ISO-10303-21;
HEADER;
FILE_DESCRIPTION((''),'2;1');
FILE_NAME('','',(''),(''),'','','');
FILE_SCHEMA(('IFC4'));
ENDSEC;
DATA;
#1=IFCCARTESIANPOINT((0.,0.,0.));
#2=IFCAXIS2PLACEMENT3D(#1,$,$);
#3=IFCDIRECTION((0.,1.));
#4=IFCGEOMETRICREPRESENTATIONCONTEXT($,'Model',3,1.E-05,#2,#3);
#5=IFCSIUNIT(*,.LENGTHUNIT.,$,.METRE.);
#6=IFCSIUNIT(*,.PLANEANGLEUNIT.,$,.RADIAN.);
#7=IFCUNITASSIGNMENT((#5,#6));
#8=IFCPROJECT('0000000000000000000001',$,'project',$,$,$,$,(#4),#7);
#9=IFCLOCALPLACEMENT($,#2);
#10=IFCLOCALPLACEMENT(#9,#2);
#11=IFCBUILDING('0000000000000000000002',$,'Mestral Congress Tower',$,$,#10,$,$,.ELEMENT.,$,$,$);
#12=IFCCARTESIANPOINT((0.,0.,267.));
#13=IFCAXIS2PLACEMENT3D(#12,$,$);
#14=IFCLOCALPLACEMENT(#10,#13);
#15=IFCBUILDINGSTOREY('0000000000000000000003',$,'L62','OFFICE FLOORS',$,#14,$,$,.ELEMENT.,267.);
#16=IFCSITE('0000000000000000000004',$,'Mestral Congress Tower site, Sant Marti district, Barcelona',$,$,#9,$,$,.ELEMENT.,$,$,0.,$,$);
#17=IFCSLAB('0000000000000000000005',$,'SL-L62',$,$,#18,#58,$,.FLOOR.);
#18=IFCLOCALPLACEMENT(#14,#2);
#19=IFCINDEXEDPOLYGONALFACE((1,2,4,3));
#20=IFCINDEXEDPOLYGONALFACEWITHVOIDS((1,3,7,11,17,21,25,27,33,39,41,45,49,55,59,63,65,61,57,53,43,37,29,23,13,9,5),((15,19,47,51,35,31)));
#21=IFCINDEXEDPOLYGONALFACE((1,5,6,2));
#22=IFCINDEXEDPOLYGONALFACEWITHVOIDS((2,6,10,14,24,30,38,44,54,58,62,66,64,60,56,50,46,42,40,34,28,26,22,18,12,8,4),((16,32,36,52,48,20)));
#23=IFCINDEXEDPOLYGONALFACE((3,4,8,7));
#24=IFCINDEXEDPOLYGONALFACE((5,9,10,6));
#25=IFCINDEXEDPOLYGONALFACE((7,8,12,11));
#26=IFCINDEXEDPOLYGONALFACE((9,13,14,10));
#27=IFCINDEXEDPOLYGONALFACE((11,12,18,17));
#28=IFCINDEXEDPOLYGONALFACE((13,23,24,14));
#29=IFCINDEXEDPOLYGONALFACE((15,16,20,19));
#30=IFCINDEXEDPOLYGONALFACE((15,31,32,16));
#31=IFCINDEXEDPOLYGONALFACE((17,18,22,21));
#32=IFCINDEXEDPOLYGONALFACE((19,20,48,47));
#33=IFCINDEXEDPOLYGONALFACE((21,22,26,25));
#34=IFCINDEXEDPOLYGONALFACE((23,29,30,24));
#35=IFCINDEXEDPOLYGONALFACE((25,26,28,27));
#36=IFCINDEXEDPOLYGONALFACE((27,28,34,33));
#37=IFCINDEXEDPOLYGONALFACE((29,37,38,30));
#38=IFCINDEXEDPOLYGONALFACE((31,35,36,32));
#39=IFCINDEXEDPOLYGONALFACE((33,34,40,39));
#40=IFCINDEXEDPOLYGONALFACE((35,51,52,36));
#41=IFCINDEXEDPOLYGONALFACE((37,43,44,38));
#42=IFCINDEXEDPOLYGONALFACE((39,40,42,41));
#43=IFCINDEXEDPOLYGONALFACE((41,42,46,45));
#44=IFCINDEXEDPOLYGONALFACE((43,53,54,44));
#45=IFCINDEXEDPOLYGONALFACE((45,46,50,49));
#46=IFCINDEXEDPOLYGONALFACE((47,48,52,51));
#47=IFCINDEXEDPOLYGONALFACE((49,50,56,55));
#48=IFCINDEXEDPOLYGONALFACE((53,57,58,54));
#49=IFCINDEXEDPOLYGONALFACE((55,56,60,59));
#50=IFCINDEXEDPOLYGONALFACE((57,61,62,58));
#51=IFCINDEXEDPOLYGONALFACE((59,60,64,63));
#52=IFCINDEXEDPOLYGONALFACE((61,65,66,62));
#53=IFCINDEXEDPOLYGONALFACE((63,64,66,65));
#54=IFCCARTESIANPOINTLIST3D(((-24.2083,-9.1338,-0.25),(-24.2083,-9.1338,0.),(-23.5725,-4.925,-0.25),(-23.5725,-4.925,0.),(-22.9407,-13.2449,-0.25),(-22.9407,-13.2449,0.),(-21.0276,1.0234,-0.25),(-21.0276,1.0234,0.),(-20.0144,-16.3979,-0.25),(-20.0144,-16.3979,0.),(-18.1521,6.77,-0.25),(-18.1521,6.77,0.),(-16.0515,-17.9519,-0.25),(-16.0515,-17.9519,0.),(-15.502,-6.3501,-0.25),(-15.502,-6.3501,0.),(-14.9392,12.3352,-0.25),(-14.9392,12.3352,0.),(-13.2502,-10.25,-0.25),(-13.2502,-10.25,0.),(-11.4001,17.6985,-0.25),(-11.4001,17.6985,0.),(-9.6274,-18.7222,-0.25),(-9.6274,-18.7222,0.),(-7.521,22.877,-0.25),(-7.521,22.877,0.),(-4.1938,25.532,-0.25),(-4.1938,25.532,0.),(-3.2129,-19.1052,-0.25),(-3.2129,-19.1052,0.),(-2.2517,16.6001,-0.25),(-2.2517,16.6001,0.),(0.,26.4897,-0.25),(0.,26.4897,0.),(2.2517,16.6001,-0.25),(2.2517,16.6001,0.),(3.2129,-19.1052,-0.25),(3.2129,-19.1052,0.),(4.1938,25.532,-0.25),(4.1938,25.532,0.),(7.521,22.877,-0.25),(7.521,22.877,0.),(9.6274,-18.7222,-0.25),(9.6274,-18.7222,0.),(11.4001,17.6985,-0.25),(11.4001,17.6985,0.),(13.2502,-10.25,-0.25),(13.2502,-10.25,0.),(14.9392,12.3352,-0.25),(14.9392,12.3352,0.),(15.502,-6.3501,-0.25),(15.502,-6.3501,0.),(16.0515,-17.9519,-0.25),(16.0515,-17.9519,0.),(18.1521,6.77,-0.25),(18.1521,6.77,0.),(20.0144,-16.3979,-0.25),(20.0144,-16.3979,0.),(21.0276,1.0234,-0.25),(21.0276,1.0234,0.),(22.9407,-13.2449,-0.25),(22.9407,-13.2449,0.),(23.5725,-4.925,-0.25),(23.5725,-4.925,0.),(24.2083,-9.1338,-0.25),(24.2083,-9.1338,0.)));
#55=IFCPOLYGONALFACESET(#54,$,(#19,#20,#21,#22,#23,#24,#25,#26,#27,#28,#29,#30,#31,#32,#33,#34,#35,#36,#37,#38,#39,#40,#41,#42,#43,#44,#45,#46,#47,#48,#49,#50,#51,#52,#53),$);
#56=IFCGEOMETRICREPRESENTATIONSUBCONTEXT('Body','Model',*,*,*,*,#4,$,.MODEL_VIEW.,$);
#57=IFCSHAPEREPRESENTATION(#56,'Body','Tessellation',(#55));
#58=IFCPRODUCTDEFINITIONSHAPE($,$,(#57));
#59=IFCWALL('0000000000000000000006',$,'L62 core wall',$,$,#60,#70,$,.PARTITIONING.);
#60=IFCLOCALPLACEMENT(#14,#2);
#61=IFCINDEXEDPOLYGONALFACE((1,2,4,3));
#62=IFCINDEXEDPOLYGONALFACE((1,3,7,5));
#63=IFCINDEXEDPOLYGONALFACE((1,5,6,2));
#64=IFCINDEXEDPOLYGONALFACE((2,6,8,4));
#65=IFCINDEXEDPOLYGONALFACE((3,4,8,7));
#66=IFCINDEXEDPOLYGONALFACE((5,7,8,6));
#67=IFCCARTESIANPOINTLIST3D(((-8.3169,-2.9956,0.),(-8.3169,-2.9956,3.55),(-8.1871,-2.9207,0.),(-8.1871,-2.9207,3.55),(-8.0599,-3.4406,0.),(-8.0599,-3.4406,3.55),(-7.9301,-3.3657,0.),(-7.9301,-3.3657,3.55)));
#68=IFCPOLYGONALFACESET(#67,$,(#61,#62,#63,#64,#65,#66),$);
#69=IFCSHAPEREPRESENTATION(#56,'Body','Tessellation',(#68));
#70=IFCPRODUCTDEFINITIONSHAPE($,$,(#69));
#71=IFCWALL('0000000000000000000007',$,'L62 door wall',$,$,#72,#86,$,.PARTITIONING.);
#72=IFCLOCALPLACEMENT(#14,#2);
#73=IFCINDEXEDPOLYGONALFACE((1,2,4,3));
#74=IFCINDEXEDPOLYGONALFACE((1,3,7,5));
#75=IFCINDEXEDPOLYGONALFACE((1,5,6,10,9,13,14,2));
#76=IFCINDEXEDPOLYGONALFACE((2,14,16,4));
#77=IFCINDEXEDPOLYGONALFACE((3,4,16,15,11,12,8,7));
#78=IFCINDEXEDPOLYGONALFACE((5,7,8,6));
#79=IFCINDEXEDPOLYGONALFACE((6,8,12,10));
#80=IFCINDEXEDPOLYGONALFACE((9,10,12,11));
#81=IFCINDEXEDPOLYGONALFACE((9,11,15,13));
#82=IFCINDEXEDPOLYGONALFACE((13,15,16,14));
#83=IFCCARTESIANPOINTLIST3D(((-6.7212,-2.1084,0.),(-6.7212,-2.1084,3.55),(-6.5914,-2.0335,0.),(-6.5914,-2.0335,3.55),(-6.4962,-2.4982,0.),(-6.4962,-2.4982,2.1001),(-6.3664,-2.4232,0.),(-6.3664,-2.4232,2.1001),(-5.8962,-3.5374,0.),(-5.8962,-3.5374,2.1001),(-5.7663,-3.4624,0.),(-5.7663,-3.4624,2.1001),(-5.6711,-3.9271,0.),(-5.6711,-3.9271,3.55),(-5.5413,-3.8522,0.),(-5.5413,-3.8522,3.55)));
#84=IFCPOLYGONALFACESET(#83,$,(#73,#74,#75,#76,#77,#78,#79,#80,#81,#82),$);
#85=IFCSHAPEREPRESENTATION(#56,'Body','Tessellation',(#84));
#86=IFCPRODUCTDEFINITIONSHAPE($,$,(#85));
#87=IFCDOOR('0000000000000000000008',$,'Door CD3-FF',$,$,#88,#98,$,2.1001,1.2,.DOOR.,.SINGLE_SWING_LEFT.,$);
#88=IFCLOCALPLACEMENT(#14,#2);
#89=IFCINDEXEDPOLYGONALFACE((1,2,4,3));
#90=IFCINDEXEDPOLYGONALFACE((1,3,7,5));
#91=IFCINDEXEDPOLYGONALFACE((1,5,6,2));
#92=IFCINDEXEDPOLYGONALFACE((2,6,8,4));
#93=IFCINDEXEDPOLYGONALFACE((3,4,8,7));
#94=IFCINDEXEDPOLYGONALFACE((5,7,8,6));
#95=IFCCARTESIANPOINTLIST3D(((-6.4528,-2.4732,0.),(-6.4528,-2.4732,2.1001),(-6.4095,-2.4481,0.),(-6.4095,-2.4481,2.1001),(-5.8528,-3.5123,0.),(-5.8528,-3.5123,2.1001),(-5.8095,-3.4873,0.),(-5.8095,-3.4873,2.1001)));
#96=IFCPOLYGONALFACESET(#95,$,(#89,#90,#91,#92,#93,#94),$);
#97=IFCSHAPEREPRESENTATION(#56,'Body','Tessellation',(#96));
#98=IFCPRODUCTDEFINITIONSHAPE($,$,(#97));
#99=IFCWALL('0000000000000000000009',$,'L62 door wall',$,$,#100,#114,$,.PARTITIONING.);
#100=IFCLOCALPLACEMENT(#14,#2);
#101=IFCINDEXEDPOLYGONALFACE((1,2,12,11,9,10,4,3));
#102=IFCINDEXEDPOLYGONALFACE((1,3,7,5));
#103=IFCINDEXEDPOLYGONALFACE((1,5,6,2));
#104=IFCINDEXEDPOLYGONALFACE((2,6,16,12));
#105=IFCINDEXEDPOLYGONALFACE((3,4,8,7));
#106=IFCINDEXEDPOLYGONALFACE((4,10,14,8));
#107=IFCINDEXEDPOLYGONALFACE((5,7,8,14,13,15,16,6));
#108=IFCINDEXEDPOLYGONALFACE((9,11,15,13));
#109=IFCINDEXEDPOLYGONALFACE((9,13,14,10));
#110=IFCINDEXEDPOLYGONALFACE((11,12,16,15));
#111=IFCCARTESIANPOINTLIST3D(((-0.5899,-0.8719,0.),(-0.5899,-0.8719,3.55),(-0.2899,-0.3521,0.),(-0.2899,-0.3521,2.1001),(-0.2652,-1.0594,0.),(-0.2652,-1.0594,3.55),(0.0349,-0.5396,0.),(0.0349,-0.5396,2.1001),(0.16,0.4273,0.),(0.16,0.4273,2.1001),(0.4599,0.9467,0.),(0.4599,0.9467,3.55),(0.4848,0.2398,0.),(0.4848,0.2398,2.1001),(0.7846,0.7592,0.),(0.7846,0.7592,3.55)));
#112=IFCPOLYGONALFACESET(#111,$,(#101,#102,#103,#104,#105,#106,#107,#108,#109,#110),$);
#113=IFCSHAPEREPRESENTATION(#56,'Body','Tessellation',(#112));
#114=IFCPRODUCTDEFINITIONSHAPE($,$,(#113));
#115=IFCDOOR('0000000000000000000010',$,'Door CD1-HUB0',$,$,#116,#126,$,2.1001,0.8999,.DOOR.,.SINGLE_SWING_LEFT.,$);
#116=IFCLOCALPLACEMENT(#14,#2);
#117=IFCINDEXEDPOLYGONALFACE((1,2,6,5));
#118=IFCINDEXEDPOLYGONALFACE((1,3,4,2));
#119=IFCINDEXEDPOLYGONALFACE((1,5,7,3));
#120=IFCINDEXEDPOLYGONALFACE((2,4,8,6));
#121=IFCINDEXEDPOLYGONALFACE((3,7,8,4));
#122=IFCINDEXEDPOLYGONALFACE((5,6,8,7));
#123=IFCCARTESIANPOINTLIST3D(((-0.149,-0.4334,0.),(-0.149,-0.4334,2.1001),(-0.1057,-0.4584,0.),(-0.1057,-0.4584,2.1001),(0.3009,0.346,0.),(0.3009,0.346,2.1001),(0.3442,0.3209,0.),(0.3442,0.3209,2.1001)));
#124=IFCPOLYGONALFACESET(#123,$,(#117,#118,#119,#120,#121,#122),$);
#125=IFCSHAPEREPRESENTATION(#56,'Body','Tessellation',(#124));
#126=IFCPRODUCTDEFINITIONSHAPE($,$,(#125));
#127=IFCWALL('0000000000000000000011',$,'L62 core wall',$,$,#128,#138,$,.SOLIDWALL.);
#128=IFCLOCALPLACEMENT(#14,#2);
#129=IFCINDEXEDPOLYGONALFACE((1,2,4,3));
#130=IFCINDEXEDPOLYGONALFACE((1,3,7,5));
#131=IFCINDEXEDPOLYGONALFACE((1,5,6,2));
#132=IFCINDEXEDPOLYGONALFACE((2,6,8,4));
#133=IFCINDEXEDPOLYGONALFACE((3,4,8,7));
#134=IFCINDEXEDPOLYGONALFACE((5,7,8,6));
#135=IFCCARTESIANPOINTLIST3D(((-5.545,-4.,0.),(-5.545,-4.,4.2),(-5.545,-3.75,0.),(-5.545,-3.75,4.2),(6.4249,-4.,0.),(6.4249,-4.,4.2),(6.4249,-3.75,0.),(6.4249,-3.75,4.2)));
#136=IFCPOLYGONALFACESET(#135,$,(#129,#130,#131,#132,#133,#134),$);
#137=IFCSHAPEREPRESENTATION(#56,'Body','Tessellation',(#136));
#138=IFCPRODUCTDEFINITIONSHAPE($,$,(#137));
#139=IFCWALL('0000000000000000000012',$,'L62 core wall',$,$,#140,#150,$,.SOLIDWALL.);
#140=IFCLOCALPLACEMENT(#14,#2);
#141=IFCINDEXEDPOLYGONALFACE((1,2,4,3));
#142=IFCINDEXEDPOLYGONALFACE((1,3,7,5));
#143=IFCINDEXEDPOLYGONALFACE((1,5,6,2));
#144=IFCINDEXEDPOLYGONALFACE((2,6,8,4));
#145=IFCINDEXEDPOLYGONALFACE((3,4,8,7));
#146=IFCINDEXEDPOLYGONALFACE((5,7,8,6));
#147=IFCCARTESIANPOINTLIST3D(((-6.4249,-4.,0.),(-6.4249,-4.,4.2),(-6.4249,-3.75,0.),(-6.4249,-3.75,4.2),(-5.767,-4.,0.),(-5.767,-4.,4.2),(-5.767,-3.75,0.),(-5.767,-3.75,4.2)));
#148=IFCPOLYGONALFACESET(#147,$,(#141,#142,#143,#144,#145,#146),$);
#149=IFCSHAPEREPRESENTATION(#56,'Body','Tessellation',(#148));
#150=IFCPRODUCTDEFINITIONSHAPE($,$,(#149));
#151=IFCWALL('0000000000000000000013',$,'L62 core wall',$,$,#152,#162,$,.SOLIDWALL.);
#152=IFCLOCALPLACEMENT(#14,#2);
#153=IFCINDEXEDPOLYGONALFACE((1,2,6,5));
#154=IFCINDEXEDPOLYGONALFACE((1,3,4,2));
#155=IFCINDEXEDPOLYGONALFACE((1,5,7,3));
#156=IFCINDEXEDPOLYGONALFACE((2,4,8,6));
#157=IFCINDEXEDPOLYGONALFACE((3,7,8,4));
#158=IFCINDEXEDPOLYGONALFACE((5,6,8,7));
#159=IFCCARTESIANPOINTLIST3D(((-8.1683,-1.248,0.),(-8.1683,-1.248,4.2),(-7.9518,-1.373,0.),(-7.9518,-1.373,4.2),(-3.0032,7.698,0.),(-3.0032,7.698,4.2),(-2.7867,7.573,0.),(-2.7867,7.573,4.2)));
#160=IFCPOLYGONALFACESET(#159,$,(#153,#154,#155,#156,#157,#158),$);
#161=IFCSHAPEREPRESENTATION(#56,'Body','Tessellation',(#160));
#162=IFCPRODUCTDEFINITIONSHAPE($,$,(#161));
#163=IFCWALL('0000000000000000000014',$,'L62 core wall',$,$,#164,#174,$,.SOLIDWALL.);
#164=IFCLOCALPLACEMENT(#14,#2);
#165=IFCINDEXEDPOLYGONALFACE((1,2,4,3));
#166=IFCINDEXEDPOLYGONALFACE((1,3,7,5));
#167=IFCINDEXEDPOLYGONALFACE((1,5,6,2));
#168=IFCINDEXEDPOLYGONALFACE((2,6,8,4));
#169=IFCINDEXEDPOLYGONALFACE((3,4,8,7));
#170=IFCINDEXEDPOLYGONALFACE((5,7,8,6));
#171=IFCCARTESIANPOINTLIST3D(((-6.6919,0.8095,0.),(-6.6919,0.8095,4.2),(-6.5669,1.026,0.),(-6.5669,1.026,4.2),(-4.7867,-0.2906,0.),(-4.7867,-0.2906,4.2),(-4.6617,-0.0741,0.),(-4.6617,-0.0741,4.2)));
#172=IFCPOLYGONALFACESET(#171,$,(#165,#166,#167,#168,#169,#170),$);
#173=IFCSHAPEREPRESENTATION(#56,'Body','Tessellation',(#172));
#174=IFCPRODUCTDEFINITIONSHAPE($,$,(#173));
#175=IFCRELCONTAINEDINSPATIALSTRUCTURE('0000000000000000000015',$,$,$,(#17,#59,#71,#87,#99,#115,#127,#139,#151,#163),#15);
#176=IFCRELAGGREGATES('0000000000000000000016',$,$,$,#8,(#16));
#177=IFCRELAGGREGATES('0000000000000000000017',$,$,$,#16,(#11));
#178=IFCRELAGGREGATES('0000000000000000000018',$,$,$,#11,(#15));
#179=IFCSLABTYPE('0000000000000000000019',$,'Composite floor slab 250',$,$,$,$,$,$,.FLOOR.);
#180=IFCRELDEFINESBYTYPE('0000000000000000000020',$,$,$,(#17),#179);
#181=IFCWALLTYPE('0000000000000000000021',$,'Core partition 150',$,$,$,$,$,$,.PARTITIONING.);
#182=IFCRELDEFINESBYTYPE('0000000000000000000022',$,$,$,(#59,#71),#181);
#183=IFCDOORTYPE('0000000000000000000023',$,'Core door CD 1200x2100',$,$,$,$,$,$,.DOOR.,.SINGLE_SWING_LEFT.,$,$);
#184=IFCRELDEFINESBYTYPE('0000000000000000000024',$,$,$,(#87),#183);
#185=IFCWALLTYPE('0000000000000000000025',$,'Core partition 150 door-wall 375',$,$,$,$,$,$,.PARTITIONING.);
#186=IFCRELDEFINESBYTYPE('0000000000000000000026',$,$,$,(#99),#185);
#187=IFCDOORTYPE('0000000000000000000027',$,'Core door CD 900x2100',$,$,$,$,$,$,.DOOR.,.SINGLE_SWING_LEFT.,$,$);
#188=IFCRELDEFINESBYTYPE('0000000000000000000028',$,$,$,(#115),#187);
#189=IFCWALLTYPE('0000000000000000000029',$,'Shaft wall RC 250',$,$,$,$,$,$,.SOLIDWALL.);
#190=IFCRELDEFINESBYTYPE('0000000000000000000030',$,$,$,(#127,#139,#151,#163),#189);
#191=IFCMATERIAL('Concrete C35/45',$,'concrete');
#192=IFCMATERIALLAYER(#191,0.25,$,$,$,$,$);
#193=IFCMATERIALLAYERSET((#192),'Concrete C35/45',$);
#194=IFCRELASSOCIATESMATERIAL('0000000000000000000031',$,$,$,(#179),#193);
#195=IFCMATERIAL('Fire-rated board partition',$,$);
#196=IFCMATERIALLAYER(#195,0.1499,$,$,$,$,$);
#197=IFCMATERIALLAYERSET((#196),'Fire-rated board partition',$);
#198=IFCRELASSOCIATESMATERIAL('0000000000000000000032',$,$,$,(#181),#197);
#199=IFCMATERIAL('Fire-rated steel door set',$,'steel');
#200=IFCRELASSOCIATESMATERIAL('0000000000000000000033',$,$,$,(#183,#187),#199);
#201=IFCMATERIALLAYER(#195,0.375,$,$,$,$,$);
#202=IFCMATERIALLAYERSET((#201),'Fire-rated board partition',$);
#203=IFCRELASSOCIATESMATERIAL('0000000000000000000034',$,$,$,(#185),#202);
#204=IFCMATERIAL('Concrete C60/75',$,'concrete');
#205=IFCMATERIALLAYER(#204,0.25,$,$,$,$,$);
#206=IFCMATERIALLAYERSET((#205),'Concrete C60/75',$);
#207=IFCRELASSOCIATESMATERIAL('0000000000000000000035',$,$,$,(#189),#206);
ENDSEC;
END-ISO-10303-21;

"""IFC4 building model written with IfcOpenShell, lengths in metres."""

from ifc_helpers import new_model, si_unit, direction, frame, frame_2d, origin, place, context, subcontext, project, spatial, polyline, rectangle, outline, extrude, material, layer, layer_set, type_object, element, fill, save


model = new_model("IFC4")

# Units and contexts
model_context = context("Model", 3, precision=1e-05, world=origin(), true_north=direction((0.0, 1.0)))
body_context = subcontext(model_context, "Body", "Model", "MODEL_VIEW")
ifc_project = project(units=[si_unit("LENGTHUNIT", "METRE"), si_unit("PLANEANGLEUNIT", "RADIAN")], contexts=[model_context])

# Site, building, storey
site_placement = place(None, origin())
site = spatial("IfcSite", under=ifc_project, at=site_placement, Name="Mestral Congress Tower site, Sant Marti district, Barcelona", CompositionType="ELEMENT", RefElevation=0.0)
building_placement = place(site_placement, origin())
building = spatial("IfcBuilding", under=site, at=building_placement, Name="Mestral Congress Tower", CompositionType="ELEMENT")
storey_placement = place(building_placement, frame((0.0, 0.0, 267.0)))
storey = spatial("IfcBuildingStorey", under=building, at=storey_placement, Name="L62", Description="OFFICE FLOORS", CompositionType="ELEMENT", Elevation=267.0)

# Slab
ifc_material_1 = material(Name="Concrete C35/45", Category="concrete")
ifc_layer_1 = layer(ifc_material_1, 0.25)
ifc_layer_set_1 = layer_set([ifc_layer_1], Name="Concrete C35/45")
slab_type = type_object("IfcSlabType", Name="Composite floor slab 250", PredefinedType="FLOOR", material=ifc_layer_set_1)
slab_placement = place(storey_placement, frame((0.0, 0.0, -0.25)))
element("IfcSlab", 1, at=slab_placement, inside=storey, type_object=slab_type, Name="SL-L62", PredefinedType="FLOOR", context=body_context, shape_type="SweptSolid", body=[
    extrude(outline(polyline([(-16.0515, -17.9519), (-20.0144, -16.3979), (-22.9407, -13.2449), (-24.2083, -9.1338), (-23.5725, -4.925), (-21.0276, 1.0234), (-18.1521, 6.77), (-14.9392, 12.3352), (-11.4001, 17.6985), (-7.521, 22.877), (-4.1938, 25.532), (0.0, 26.4897), (4.1938, 25.532), (7.521, 22.877), (11.4001, 17.6985), (14.9392, 12.3352), (18.1521, 6.77), (21.0276, 1.0234), (23.5725, -4.925), (24.2083, -9.1338), (22.9407, -13.2449), (20.0144, -16.3979), (16.0515, -17.9519), (9.6274, -18.7222), (3.2129, -19.1052), (-3.2129, -19.1052), (-9.6274, -18.7222), (-16.0515, -17.9519)]), holes=[polyline([(-2.2517, 16.6001), (-15.502, -6.3501), (-13.2502, -10.25), (13.2502, -10.25), (15.502, -6.3501), (2.2517, 16.6001), (-2.2517, 16.6001)])]), origin(), (0.0, 0.0, 1.0), 0.25),
])

# Wall
ifc_material_2 = material(Name="Fire-rated board partition")
ifc_layer_2 = layer(ifc_material_2, 0.1499)
ifc_layer_set_2 = layer_set([ifc_layer_2], Name="Fire-rated board partition")
wall_type_1 = type_object("IfcWallType", Name="Core partition 150", PredefinedType="PARTITIONING", material=ifc_layer_set_2)
wall_1_placement = place(storey_placement, frame((-8.252, -2.9583, 0.0), z_axis=(0.0, 0.0, 1.0), x_axis=(0.500175, -0.865925, 0.0)))
element("IfcWall", 2, at=wall_1_placement, inside=storey, type_object=wall_type_1, Name="L62 core wall", PredefinedType="PARTITIONING", context=body_context, shape_type="SweptSolid", body=[
    extrude(rectangle(XDim=0.5139, YDim=0.1499, at=frame_2d((0.2568, 0.0))), origin(), (0.0, 0.0, 1.0), 3.55),
])

# Walls, openings, doors
wall_2_placement = place(storey_placement, frame((-5.6062, -3.8896, 0.0), z_axis=(0.0, 0.0, 1.0), x_axis=(-0.500028, 0.866009, 0.0)))
wall_2 = element("IfcWall", 3, at=wall_2_placement, inside=storey, type_object=wall_type_1, Name="L62 door wall", PredefinedType="PARTITIONING", context=body_context, shape_type="SweptSolid", body=[
    extrude(rectangle(XDim=2.1001, YDim=0.1499, at=frame_2d((1.05, 0.0))), origin(), (0.0, 0.0, 1.0), 3.55),
])
opening_1_placement = place(wall_2_placement, frame((0.45, 0.0, 0.0)))
opening_1 = element("IfcOpeningElement", 4, at=opening_1_placement, cuts=wall_2, PredefinedType="OPENING", context=body_context, shape_type="SweptSolid", body=[
    extrude(rectangle(XDim=1.2, YDim=2.1001, at=frame_2d((0.6001, 1.05))), frame((0.0, 0.085, 0.0), z_axis=(0.0, -1.0, 0.0), x_axis=(1.0, 0.0, 0.0)), (0.0, 0.0, 1.0), 0.1699),
])
ifc_material_3 = material(Name="Fire-rated steel door set", Category="steel")
door_type_1 = type_object("IfcDoorType", Name="Core door CD 1200x2100", OperationType="SINGLE_SWING_LEFT", PredefinedType="DOOR", material=ifc_material_3)
door_1_placement = place(opening_1_placement, origin())
door_1 = element("IfcDoor", 5, at=door_1_placement, inside=storey, type_object=door_type_1, Name="Door CD3-FF", OperationType="SINGLE_SWING_LEFT", OverallHeight=2.1001, OverallWidth=1.2, PredefinedType="DOOR", context=body_context, shape_type="SweptSolid", body=[
    extrude(rectangle(XDim=1.2, YDim=2.1001, at=frame_2d((0.6001, 1.05))), frame((0.0, 0.0249, 0.0), z_axis=(0.0, -1.0, 0.0), x_axis=(1.0, 0.0, 0.0)), (0.0, 0.0, 1.0), 0.05),
])
fill(opening_1, door_1)
ifc_layer_3 = layer(ifc_material_2, 0.375)
ifc_layer_set_3 = layer_set([ifc_layer_3], Name="Fire-rated board partition")
wall_type_2 = type_object("IfcWallType", Name="Core partition 150 door-wall 375", PredefinedType="PARTITIONING", material=ifc_layer_set_3)
wall_3_placement = place(storey_placement, frame((-0.4275, -0.9656, 0.0), z_axis=(0.0, 0.0, 1.0), x_axis=(0.499941, 0.86606, 0.0)))
wall_3 = element("IfcWall", 6, at=wall_3_placement, inside=storey, type_object=wall_type_2, Name="L62 door wall", PredefinedType="PARTITIONING", context=body_context, shape_type="SweptSolid", body=[
    extrude(rectangle(XDim=2.0999, YDim=0.375, at=frame_2d((1.0498, 0.0))), origin(), (0.0, 0.0, 1.0), 3.55),
])
opening_2_placement = place(wall_3_placement, frame((0.6001, 0.0, 0.0)))
opening_2 = element("IfcOpeningElement", 7, at=opening_2_placement, cuts=wall_3, PredefinedType="OPENING", context=body_context, shape_type="SweptSolid", body=[
    extrude(rectangle(XDim=0.8999, YDim=2.1001, at=frame_2d((0.45, 1.05))), frame((0.0, 0.1975, 0.0), z_axis=(0.0, -1.0, 0.0), x_axis=(1.0, 0.0, 0.0)), (0.0, 0.0, 1.0), 0.395),
])
door_type_2 = type_object("IfcDoorType", Name="Core door CD 900x2100", OperationType="SINGLE_SWING_LEFT", PredefinedType="DOOR", material=ifc_material_3)
door_2_placement = place(opening_2_placement, origin())
door_2 = element("IfcDoor", 8, at=door_2_placement, inside=storey, type_object=door_type_2, Name="Door CD1-HUB0", OperationType="SINGLE_SWING_LEFT", OverallHeight=2.1001, OverallWidth=0.8999, PredefinedType="DOOR", context=body_context, shape_type="SweptSolid", body=[
    extrude(rectangle(XDim=0.8999, YDim=2.1001, at=frame_2d((0.45, 1.05))), frame((0.0, 0.0249, 0.0), z_axis=(0.0, -1.0, 0.0), x_axis=(1.0, 0.0, 0.0)), (0.0, 0.0, 1.0), 0.05),
])
fill(opening_2, door_2)

# Walls
ifc_material_4 = material(Name="Concrete C60/75", Category="concrete")
ifc_layer_4 = layer(ifc_material_4, 0.25)
ifc_layer_set_4 = layer_set([ifc_layer_4], Name="Concrete C60/75")
wall_type_3 = type_object("IfcWallType", Name="Shaft wall RC 250", PredefinedType="SOLIDWALL", material=ifc_layer_set_4)
wall_4_placement = place(storey_placement, frame((-5.5449, -3.875, 0.0), z_axis=(0.0, 0.0, 1.0), x_axis=(1.0, 0.0, 0.0)))
element("IfcWall", 9, at=wall_4_placement, inside=storey, type_object=wall_type_3, Name="L62 core wall", PredefinedType="SOLIDWALL", context=body_context, shape_type="SweptSolid", body=[
    extrude(rectangle(XDim=11.97, YDim=0.25, at=frame_2d((5.9849, 0.0))), origin(), (0.0, 0.0, 1.0), 4.2),
])
wall_5_placement = place(storey_placement, frame((-6.425, -3.875, 0.0), z_axis=(0.0, 0.0, 1.0), x_axis=(1.0, 0.0, 0.0)))
element("IfcWall", 10, at=wall_5_placement, inside=storey, type_object=wall_type_3, Name="L62 core wall", PredefinedType="SOLIDWALL", context=body_context, shape_type="SweptSolid", body=[
    extrude(rectangle(XDim=0.658, YDim=0.25, at=frame_2d((0.3291, 0.0))), origin(), (0.0, 0.0, 1.0), 4.2),
])
wall_6_placement = place(storey_placement, frame((-8.0601, -1.3105, 0.0), z_axis=(0.0, 0.0, 1.0), x_axis=(0.500003, 0.866024, 0.0)))
element("IfcWall", 11, at=wall_6_placement, inside=storey, type_object=wall_type_3, Name="L62 core wall", PredefinedType="SOLIDWALL", context=body_context, shape_type="SweptSolid", body=[
    extrude(rectangle(XDim=10.3301, YDim=0.25, at=frame_2d((5.165, 0.0))), origin(), (0.0, 0.0, 1.0), 4.2),
])
wall_7_placement = place(storey_placement, frame((-4.7241, -0.1824, 0.0), z_axis=(0.0, 0.0, 1.0), x_axis=(-0.866008, 0.50003, 0.0)))
element("IfcWall", 12, at=wall_7_placement, inside=storey, type_object=wall_type_3, Name="L62 core wall", PredefinedType="SOLIDWALL", context=body_context, shape_type="SweptSolid", body=[
    extrude(rectangle(XDim=2.2, YDim=0.25, at=frame_2d((1.1001, 0.0))), origin(), (0.0, 0.0, 1.0), 4.2),
])

save(model, "model.ifc")
